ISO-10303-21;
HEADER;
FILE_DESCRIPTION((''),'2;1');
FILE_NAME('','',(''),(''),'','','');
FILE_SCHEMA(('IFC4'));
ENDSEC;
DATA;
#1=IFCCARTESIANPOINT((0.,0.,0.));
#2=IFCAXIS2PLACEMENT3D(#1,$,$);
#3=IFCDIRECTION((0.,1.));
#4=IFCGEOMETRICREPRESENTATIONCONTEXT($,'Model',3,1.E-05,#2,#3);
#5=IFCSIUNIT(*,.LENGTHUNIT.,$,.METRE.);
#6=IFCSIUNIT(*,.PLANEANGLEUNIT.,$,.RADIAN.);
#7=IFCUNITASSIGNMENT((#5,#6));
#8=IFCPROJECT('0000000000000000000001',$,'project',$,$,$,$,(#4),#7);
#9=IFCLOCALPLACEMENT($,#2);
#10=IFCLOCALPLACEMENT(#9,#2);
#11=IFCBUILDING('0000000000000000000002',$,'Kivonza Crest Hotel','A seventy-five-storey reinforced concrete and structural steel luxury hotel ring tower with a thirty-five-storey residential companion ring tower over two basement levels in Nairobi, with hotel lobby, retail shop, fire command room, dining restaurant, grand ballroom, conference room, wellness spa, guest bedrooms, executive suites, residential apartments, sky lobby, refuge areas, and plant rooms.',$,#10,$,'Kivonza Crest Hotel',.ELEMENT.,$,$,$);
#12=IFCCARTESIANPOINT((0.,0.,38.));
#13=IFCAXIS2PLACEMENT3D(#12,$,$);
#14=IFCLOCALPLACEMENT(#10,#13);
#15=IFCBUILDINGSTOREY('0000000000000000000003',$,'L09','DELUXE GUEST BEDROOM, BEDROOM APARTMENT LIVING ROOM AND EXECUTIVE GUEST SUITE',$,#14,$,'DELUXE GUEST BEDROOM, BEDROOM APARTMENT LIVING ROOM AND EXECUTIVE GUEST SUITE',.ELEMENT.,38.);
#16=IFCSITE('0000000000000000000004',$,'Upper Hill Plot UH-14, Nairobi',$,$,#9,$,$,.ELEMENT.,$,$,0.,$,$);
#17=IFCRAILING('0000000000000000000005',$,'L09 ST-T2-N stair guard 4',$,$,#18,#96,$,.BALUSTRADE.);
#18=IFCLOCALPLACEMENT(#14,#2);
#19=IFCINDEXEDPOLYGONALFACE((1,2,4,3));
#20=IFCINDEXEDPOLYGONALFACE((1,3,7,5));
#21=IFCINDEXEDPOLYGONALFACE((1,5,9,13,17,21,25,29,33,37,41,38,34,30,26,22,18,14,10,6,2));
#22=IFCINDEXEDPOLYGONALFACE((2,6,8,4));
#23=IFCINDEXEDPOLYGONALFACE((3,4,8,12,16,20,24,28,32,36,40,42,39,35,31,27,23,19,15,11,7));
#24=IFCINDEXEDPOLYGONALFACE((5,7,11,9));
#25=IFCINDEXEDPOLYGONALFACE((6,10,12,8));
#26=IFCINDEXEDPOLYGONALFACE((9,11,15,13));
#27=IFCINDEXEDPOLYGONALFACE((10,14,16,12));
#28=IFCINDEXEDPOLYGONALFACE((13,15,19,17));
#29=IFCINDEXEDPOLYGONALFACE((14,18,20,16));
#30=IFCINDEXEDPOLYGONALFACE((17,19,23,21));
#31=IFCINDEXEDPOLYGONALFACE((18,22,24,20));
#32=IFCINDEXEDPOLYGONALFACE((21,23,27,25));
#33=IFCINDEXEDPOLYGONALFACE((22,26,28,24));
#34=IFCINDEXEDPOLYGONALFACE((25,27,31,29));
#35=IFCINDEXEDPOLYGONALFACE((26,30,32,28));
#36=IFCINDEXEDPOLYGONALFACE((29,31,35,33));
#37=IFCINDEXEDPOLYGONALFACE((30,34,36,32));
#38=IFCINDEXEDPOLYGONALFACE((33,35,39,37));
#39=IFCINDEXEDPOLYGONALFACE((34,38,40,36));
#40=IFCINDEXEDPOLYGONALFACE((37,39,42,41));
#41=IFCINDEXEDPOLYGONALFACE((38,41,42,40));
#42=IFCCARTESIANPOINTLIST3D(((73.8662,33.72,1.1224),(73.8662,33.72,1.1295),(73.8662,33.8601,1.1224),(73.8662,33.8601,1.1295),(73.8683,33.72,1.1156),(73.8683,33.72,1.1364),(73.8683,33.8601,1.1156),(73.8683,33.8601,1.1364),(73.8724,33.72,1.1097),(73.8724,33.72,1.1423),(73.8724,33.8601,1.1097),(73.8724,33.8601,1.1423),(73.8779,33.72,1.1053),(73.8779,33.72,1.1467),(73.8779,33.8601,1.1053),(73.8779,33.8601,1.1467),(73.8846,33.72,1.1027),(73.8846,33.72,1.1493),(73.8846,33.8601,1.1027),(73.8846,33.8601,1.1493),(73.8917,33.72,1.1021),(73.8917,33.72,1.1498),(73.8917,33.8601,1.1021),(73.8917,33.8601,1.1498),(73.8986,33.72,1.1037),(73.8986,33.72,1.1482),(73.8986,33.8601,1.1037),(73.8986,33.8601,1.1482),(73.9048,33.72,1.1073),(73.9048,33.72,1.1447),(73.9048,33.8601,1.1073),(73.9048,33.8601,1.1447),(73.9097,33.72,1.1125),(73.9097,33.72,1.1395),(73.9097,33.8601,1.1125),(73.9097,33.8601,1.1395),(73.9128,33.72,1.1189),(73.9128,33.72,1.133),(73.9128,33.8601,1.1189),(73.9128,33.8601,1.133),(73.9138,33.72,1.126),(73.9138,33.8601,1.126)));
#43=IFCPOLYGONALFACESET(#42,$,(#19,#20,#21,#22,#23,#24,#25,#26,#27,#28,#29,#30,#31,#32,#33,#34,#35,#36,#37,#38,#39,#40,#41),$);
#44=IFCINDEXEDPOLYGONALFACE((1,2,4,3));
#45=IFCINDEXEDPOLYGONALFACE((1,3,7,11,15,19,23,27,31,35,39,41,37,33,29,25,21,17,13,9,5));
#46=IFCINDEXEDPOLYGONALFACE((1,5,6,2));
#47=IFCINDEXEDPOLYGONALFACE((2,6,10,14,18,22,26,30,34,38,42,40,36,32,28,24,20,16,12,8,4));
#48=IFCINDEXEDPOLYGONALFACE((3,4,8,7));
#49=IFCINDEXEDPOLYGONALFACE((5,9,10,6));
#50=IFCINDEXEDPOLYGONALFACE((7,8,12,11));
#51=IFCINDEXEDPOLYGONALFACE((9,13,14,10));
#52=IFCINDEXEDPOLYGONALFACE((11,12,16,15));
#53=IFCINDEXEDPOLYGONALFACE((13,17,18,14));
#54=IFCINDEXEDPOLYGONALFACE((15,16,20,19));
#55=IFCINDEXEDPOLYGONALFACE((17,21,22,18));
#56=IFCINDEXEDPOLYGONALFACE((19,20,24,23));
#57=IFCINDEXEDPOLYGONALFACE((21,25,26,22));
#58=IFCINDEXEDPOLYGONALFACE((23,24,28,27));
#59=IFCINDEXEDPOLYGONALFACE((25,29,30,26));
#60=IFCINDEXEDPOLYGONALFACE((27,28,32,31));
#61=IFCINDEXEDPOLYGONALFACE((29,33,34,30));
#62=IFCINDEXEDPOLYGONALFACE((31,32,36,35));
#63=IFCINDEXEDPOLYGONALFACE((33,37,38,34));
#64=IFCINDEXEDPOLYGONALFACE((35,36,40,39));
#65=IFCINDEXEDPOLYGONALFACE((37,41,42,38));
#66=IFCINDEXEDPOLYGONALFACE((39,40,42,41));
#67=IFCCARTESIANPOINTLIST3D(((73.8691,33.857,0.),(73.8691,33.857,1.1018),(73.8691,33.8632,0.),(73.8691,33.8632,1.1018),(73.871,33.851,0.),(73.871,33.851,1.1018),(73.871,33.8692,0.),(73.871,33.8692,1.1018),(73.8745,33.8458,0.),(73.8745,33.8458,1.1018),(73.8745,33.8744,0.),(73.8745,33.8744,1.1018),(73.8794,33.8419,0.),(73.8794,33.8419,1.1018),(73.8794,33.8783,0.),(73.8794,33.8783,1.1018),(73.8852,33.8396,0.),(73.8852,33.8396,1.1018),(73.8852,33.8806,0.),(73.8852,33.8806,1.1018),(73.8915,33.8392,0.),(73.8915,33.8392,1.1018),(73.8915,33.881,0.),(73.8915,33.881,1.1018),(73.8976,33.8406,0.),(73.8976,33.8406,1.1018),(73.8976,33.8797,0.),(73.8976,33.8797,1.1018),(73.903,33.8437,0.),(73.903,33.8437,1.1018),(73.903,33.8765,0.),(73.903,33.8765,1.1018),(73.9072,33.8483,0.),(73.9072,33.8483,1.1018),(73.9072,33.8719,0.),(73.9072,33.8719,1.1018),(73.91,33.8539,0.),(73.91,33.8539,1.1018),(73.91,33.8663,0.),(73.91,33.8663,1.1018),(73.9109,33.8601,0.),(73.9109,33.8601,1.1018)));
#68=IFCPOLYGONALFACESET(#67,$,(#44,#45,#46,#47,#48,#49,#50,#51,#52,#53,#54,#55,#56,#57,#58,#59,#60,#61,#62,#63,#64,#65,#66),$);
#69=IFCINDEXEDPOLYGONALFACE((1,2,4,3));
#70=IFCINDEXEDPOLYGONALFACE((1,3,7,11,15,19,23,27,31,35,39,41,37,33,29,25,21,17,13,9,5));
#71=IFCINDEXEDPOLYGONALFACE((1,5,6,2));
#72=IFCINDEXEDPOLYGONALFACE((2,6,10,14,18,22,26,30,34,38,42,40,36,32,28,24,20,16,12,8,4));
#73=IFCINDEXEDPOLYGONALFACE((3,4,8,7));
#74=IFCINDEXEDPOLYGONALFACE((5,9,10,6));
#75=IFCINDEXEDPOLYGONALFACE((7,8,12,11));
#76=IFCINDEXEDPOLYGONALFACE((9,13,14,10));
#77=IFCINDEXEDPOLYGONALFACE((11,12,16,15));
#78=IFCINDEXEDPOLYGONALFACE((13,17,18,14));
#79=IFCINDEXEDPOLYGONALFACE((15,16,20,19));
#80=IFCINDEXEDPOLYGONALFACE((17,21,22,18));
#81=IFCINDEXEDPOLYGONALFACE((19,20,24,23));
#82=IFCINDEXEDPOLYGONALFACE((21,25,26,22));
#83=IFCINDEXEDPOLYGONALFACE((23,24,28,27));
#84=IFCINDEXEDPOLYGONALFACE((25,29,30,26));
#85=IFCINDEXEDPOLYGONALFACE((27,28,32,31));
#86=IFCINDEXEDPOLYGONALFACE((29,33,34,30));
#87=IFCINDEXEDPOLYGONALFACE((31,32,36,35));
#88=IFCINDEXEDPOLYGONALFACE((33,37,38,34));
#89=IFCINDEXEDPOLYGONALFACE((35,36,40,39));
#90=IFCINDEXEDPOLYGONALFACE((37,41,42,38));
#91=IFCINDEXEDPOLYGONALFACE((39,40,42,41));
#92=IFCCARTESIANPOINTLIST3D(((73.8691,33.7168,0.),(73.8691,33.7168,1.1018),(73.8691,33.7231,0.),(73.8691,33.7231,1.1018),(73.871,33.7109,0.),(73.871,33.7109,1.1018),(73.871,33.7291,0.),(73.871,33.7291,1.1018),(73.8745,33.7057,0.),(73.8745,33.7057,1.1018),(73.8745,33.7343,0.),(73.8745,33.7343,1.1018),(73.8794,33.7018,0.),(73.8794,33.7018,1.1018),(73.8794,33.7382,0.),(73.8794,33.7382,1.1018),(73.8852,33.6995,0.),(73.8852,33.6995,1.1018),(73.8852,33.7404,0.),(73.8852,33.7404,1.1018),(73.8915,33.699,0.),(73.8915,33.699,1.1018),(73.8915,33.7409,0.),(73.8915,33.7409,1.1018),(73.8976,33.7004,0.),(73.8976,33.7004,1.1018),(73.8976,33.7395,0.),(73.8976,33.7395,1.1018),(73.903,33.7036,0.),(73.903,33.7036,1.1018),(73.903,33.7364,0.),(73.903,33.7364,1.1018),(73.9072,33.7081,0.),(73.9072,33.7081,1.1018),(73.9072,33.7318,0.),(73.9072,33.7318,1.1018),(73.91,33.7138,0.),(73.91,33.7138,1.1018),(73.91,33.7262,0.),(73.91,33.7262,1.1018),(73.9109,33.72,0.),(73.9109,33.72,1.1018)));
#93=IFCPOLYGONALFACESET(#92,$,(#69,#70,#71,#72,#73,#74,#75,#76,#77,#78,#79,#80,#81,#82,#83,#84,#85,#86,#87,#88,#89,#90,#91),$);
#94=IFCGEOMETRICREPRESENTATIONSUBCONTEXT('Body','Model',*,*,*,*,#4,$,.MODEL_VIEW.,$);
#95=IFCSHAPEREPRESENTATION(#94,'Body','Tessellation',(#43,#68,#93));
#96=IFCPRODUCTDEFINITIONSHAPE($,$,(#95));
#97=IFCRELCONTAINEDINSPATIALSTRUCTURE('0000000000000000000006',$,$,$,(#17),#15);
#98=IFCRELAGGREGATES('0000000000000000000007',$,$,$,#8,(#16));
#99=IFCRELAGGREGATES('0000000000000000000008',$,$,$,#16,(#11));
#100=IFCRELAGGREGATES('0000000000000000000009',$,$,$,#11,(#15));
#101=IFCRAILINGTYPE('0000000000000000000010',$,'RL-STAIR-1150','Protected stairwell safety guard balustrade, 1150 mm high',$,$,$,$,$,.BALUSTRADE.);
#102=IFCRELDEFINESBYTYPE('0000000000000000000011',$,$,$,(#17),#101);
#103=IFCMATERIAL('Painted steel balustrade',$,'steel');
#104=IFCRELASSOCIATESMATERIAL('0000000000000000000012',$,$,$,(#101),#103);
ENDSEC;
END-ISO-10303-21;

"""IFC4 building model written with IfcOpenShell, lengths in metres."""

from ifc_helpers import new_model, si_unit, direction, frame, origin, origin_2d, place, context, subcontext, project, spatial, circle, extrude, material, type_object, element, save


model = new_model("IFC4")

# Units and contexts
model_context = context("Model", 3, precision=1e-05, world=origin(), true_north=direction((0.0, 1.0)))
body_context = subcontext(model_context, "Body", "Model", "MODEL_VIEW")
ifc_project = project(units=[si_unit("LENGTHUNIT", "METRE"), si_unit("PLANEANGLEUNIT", "RADIAN")], contexts=[model_context])

# Site, building, storey
site_placement = place(None, origin())
site = spatial("IfcSite", under=ifc_project, at=site_placement, Name="Upper Hill Plot UH-14, Nairobi", CompositionType="ELEMENT", RefElevation=0.0)
building_placement = place(site_placement, origin())
building = spatial("IfcBuilding", under=site, at=building_placement, Name="Kivonza Crest Hotel", Description="A seventy-five-storey reinforced concrete and structural steel luxury hotel ring tower with a thirty-five-storey residential companion ring tower over two basement levels in Nairobi, with hotel lobby, retail shop, fire command room, dining restaurant, grand ballroom, conference room, wellness spa, guest bedrooms, executive suites, residential apartments, sky lobby, refuge areas, and plant rooms.", LongName="Kivonza Crest Hotel", CompositionType="ELEMENT")
storey_placement = place(building_placement, frame((0.0, 0.0, 38.0)))
storey = spatial("IfcBuildingStorey", under=building, at=storey_placement, Name="L09", Description="DELUXE GUEST BEDROOM, BEDROOM APARTMENT LIVING ROOM AND EXECUTIVE GUEST SUITE", LongName="DELUXE GUEST BEDROOM, BEDROOM APARTMENT LIVING ROOM AND EXECUTIVE GUEST SUITE", CompositionType="ELEMENT", Elevation=38.0)

# Railing
ifc_material_1 = material(Name="Painted steel balustrade", Category="steel")
railing_type = type_object("IfcRailingType", Name="RL-STAIR-1150", Description="Protected stairwell safety guard balustrade, 1150 mm high", PredefinedType="BALUSTRADE", material=ifc_material_1)
railing_1_placement = place(storey_placement, frame((73.8899, 33.8601, 0.0)))
element("IfcRailing", 1, at=railing_1_placement, inside=storey, type_object=railing_type, Name="L09 ST-T2-N stair guard 4", PredefinedType="BALUSTRADE", context=body_context, shape_type="SweptSolid", body=[
    extrude(circle(Radius=0.0239, at=origin_2d()), frame((0.0, 0.0, 1.126), z_axis=(0.0, -1.0, 0.0), x_axis=(1.0, 0.0, 0.0)), (0.0, 0.0, 1.0), 0.1401),
    extrude(circle(Radius=0.021, at=origin_2d()), origin(), (0.0, 0.0, 1.0), 1.1018),
    extrude(circle(Radius=0.021, at=origin_2d()), frame((0.0, -0.1401, 0.0)), (0.0, 0.0, 1.0), 1.1018),
])

save(model, "model.ifc")
